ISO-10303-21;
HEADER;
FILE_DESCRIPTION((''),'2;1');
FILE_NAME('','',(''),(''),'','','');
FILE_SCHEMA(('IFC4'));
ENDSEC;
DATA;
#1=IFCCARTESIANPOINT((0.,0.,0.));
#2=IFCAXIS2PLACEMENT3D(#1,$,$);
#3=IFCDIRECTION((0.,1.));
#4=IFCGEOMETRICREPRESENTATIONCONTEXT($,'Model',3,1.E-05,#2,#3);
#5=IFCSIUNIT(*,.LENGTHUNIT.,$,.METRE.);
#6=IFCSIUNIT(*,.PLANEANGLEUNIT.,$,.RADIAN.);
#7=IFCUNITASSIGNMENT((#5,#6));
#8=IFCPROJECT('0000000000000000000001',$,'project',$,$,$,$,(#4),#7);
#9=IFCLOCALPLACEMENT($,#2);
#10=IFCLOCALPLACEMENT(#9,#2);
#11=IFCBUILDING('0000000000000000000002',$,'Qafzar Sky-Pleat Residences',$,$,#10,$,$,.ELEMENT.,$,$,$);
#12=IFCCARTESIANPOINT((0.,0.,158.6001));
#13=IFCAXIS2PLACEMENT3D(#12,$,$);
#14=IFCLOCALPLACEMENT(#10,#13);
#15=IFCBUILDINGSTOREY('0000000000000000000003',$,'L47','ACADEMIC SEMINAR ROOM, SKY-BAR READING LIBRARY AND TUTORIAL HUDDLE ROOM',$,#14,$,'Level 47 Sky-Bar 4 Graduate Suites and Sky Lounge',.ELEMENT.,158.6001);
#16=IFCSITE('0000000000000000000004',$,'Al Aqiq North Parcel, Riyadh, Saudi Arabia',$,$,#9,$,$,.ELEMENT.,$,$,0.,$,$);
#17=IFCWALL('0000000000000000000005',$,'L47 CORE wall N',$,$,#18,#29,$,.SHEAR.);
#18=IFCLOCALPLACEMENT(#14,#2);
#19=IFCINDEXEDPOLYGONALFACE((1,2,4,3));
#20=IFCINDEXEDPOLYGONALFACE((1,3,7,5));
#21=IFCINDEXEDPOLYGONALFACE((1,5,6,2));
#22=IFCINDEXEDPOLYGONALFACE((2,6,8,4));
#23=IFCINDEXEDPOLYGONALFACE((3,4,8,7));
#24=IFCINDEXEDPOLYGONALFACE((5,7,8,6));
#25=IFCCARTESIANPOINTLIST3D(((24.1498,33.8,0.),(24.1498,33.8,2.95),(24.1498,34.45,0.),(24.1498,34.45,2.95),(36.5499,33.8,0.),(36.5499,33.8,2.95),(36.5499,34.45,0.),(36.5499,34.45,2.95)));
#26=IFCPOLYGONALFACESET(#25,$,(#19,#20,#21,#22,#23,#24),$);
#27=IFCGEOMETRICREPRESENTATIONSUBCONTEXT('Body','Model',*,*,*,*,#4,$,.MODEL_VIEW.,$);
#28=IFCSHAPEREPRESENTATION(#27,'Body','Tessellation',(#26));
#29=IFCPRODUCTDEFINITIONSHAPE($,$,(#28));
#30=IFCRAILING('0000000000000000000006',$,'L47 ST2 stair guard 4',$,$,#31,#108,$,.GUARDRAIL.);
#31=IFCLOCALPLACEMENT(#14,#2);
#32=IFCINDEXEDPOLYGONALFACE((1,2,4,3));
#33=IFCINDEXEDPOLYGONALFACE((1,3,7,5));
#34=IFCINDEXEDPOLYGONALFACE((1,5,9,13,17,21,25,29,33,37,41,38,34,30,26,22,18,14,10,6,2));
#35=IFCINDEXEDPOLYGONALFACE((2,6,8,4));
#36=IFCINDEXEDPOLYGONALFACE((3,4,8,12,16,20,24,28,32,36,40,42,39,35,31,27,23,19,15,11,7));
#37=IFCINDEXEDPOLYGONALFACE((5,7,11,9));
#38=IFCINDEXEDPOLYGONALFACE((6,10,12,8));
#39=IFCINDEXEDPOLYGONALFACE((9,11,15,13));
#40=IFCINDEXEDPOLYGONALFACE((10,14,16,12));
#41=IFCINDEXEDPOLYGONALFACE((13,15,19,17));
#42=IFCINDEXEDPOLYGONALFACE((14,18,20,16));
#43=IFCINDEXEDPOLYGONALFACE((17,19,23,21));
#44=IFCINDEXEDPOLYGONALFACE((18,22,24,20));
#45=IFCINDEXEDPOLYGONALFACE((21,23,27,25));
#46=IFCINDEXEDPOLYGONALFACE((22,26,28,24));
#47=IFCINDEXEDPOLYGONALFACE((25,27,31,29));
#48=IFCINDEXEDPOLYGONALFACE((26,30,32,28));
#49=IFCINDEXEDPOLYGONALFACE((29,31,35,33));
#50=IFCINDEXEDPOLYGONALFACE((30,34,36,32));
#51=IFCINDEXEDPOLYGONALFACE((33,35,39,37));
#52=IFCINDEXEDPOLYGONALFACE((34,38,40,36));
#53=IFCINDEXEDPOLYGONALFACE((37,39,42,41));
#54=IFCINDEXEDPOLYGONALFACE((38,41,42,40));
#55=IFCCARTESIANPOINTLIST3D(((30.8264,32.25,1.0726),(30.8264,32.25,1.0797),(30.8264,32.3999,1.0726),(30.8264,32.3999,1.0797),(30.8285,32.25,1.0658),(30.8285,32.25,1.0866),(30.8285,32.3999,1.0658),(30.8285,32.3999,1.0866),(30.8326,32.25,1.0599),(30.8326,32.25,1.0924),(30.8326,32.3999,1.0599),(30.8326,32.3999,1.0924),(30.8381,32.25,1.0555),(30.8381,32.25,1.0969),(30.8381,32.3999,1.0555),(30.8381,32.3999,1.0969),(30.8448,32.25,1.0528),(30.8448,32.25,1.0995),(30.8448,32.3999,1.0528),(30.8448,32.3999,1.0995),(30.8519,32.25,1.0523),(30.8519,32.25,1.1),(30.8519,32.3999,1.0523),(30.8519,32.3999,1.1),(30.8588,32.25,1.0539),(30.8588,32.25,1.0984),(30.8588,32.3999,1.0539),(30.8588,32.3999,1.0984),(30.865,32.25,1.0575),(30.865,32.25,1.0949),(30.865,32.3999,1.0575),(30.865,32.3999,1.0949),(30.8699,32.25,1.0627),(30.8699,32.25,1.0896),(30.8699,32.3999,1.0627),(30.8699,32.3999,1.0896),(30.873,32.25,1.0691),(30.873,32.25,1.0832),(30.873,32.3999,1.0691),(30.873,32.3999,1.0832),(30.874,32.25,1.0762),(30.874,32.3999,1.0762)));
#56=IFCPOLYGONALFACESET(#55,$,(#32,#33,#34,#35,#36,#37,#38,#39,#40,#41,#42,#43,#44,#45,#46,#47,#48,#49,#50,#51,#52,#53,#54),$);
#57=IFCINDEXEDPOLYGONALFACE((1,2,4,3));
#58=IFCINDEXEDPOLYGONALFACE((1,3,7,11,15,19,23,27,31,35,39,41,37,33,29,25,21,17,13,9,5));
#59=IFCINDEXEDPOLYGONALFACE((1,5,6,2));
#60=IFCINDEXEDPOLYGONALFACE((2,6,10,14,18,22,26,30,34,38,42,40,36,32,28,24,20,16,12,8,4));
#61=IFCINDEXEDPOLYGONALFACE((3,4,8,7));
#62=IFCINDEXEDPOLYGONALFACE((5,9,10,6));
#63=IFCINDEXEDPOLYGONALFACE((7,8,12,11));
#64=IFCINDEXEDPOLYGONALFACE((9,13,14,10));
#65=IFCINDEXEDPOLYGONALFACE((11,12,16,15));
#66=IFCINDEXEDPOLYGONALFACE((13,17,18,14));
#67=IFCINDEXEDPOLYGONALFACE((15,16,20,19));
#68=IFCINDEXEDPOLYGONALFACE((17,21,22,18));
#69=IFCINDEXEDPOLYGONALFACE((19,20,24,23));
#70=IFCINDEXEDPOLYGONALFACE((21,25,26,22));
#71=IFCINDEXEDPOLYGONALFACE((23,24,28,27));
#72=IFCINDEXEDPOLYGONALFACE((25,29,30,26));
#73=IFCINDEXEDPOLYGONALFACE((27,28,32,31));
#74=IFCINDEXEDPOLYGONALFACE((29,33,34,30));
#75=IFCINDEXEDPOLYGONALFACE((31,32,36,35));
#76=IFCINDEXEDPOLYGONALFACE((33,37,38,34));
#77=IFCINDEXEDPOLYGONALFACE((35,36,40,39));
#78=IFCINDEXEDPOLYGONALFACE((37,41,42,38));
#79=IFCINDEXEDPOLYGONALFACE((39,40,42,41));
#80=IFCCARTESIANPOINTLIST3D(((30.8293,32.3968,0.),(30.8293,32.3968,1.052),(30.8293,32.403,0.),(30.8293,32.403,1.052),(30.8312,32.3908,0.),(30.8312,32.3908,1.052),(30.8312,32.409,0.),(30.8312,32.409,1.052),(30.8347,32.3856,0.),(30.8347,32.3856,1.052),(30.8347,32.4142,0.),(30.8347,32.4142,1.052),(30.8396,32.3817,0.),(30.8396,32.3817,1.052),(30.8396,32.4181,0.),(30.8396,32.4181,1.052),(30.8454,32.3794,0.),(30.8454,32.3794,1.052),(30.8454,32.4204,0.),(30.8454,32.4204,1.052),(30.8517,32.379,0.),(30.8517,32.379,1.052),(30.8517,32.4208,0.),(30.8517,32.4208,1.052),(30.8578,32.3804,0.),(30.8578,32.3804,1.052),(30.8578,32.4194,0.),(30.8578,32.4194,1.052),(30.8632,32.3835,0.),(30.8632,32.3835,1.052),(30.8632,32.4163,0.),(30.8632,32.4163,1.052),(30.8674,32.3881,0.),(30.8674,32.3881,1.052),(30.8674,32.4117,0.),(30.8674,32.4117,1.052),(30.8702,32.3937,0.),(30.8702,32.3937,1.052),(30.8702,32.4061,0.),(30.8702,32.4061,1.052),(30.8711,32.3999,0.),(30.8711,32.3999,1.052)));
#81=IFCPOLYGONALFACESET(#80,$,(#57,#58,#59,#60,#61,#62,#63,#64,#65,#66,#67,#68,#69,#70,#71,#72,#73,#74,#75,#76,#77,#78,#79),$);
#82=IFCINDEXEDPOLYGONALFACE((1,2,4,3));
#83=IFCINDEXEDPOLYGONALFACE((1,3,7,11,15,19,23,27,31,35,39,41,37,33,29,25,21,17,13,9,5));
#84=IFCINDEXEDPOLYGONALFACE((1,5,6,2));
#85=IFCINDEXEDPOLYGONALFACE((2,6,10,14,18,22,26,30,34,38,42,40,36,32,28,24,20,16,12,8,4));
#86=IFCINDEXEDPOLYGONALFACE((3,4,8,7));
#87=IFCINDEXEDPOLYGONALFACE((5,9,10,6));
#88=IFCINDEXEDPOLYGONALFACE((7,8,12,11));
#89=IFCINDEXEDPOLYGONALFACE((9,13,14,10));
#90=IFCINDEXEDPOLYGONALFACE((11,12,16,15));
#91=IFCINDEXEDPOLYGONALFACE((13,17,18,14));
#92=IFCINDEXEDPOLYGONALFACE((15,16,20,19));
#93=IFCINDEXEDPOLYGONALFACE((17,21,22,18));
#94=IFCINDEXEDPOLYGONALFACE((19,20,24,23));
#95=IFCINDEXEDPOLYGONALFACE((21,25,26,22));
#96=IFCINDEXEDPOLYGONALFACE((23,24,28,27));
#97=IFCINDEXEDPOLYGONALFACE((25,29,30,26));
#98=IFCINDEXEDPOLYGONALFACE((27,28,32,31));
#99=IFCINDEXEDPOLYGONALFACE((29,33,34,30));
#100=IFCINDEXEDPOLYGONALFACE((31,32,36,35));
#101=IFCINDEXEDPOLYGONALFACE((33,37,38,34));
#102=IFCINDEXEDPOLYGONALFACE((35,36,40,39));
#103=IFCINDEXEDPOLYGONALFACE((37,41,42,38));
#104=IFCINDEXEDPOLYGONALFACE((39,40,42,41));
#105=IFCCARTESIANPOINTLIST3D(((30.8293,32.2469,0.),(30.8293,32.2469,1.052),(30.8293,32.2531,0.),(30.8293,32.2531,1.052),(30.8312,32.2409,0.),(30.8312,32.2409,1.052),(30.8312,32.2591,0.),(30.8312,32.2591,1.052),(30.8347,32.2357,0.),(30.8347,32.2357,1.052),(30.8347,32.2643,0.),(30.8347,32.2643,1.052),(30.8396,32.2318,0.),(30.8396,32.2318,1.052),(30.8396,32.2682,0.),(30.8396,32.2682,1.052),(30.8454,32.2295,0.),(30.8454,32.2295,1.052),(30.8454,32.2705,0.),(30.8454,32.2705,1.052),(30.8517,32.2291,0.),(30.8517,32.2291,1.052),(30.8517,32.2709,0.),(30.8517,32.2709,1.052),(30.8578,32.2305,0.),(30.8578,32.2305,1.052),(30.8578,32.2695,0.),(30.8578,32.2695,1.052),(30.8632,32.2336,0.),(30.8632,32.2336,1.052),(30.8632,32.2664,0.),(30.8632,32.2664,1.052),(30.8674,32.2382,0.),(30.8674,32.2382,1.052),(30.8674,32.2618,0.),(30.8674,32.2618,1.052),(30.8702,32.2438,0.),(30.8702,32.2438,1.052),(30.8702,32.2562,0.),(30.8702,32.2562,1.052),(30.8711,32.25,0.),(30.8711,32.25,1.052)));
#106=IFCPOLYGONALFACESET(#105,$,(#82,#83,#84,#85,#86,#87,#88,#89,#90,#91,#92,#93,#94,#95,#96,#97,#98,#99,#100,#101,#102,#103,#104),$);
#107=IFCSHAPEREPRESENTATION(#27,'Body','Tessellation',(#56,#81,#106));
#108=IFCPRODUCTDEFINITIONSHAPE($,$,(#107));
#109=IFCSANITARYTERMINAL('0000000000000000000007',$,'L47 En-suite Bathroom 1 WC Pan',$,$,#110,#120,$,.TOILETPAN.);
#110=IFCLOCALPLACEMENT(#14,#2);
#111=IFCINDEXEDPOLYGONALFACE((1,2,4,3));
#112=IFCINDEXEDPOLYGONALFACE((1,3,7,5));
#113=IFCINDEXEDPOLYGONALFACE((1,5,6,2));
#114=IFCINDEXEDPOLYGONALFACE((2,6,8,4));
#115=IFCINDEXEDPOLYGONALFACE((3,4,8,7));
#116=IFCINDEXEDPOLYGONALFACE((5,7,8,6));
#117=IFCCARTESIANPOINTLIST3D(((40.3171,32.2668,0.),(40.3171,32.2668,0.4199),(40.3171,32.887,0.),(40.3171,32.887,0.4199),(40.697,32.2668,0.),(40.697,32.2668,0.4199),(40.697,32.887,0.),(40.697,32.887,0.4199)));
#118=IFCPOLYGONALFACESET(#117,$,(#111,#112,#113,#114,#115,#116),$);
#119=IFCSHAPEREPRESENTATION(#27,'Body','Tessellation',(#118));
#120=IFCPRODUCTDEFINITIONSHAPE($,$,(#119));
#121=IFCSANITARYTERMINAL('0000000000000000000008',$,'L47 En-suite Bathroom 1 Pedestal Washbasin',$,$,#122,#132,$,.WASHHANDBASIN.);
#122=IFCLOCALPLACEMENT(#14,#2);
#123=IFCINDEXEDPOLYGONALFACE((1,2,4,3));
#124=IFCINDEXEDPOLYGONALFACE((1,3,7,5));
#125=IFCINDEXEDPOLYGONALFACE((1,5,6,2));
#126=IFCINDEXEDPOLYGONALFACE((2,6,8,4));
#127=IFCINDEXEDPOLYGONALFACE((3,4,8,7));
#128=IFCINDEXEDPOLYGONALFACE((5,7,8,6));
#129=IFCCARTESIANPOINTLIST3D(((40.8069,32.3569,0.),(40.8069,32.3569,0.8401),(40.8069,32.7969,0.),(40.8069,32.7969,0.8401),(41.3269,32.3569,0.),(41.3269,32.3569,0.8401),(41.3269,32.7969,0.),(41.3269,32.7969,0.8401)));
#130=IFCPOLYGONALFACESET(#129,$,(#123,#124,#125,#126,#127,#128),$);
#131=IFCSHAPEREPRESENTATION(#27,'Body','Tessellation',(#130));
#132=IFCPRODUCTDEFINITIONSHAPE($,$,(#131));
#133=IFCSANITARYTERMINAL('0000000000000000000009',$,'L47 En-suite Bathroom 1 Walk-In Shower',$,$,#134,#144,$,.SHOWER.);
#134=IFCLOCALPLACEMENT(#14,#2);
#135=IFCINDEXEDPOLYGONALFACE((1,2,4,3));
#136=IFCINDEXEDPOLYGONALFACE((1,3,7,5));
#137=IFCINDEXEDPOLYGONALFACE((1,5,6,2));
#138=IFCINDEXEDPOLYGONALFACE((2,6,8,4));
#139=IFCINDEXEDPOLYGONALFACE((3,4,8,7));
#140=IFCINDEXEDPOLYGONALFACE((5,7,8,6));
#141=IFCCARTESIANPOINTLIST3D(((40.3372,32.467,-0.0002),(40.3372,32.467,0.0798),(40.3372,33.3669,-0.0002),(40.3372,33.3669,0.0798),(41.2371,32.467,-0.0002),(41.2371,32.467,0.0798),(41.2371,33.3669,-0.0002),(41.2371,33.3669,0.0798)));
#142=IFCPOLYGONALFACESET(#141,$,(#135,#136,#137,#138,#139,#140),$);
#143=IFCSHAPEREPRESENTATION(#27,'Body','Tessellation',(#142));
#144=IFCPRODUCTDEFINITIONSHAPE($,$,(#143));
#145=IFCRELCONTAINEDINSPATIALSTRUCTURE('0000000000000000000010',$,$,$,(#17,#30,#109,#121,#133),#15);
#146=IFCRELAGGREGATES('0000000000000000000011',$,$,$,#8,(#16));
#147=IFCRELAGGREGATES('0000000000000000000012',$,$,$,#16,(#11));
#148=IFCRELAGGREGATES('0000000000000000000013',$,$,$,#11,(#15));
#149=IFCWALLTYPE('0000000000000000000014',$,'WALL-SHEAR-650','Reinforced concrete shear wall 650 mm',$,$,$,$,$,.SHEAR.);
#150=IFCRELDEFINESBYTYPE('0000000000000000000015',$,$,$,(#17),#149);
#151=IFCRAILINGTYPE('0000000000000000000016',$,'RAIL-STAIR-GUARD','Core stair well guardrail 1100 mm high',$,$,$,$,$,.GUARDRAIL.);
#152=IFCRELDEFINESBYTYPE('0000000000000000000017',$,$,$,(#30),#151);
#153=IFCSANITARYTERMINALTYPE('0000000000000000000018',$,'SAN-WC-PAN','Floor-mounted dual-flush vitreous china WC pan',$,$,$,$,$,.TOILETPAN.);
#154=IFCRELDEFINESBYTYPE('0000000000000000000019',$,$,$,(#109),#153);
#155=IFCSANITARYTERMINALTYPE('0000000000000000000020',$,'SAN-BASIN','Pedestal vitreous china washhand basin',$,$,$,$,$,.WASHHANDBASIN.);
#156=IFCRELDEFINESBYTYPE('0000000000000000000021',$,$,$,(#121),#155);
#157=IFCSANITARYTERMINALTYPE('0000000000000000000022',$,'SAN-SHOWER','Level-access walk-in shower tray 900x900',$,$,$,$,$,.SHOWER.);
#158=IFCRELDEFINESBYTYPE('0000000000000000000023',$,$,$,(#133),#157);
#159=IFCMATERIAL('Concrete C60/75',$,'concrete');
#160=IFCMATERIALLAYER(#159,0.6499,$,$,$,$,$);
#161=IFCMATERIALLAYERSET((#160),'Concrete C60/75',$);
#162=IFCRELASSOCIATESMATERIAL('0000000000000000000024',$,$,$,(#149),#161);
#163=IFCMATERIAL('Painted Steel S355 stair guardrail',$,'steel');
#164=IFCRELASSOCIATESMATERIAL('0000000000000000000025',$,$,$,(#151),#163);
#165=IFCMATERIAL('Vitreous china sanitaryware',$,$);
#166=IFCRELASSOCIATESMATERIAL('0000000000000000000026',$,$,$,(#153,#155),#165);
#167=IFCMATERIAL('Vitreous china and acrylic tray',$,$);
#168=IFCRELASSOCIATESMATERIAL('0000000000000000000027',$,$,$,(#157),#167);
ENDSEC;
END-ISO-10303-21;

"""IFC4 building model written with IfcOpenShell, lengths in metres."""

from ifc_helpers import new_model, si_unit, direction, frame, frame_2d, origin, origin_2d, place, context, subcontext, project, spatial, rectangle, circle, extrude, source, transform, mapped, material, layer, layer_set, type_object, element, save


model = new_model("IFC4")

# Units and contexts
model_context = context("Model", 3, precision=1e-05, world=origin(), true_north=direction((0.0, 1.0)))
body_context = subcontext(model_context, "Body", "Model", "MODEL_VIEW")
ifc_project = project(units=[si_unit("LENGTHUNIT", "METRE"), si_unit("PLANEANGLEUNIT", "RADIAN")], contexts=[model_context])

# Site, building, storey
site_placement = place(None, origin())
site = spatial("IfcSite", under=ifc_project, at=site_placement, Name="Al Aqiq North Parcel, Riyadh, Saudi Arabia", CompositionType="ELEMENT", RefElevation=0.0)
building_placement = place(site_placement, origin())
building = spatial("IfcBuilding", under=site, at=building_placement, Name="Qafzar Sky-Pleat Residences", CompositionType="ELEMENT")
storey_placement = place(building_placement, frame((0.0, 0.0, 158.6001)))
storey = spatial("IfcBuildingStorey", under=building, at=storey_placement, Name="L47", Description="ACADEMIC SEMINAR ROOM, SKY-BAR READING LIBRARY AND TUTORIAL HUDDLE ROOM", LongName="Level 47 Sky-Bar 4 Graduate Suites and Sky Lounge", CompositionType="ELEMENT", Elevation=158.6001)

# Wall
ifc_material_1 = material(Name="Concrete C60/75", Category="concrete")
ifc_layer_1 = layer(ifc_material_1, 0.6499)
ifc_layer_set_1 = layer_set([ifc_layer_1], Name="Concrete C60/75")
wall_type_1 = type_object("IfcWallType", Name="WALL-SHEAR-650", Description="Reinforced concrete shear wall 650 mm", PredefinedType="SHEAR", material=ifc_layer_set_1)
wall_1_placement = place(storey_placement, frame((36.55, 34.125, 0.0), z_axis=(0.0, 0.0, 1.0), x_axis=(-1.0, 0.0, 0.0)))
element("IfcWall", 1, at=wall_1_placement, inside=storey, type_object=wall_type_1, Name="L47 CORE wall N", PredefinedType="SHEAR", context=body_context, shape_type="SweptSolid", body=[
    extrude(rectangle(XDim=12.4001, YDim=0.6499, at=frame_2d((6.2002, 0.0))), origin(), (0.0, 0.0, 1.0), 2.95),
])

# Railing
ifc_material_2 = material(Name="Painted Steel S355 stair guardrail", Category="steel")
railing_type = type_object("IfcRailingType", Name="RAIL-STAIR-GUARD", Description="Core stair well guardrail 1100 mm high", PredefinedType="GUARDRAIL", material=ifc_material_2)
shared_shape_1 = source(origin(), body_context, "Body", "SweptSolid", [
    extrude(circle(Radius=0.0239, at=origin_2d()), frame((0.0, 0.0, 1.0762), z_axis=(0.0, -1.0, 0.0), x_axis=(1.0, 0.0, 0.0)), (0.0, 0.0, 1.0), 0.1499),
    extrude(circle(Radius=0.021, at=origin_2d()), origin(), (0.0, 0.0, 1.0), 1.052),
    extrude(circle(Radius=0.021, at=origin_2d()), frame((0.0, -0.1499, 0.0)), (0.0, 0.0, 1.0), 1.052),
])
railing_placement = place(storey_placement, frame((30.8501, 32.3999, 0.0)))
element("IfcRailing", 2, at=railing_placement, inside=storey, type_object=railing_type, Name="L47 ST2 stair guard 4", PredefinedType="GUARDRAIL", context=body_context, shape_type="MappedRepresentation", body=[
    mapped(shared_shape_1, transform((0.0, 0.0, 0.0), x_axis=(1.0, 0.0, 0.0), y_axis=(0.0, 1.0, 0.0), z_axis=(0.0, 0.0, 1.0), scale=1.0)),
])

# Sanitary terminals
ifc_material_3 = material(Name="Vitreous china sanitaryware")
sanitary_terminal_type_1 = type_object("IfcSanitaryTerminalType", Name="SAN-WC-PAN", Description="Floor-mounted dual-flush vitreous china WC pan", PredefinedType="TOILETPAN", material=ifc_material_3)
shared_shape_2 = source(origin(), body_context, "Body", "SweptSolid", [
    extrude(rectangle(XDim=0.3799, YDim=0.6201, at=origin_2d()), origin(), (0.0, 0.0, 1.0), 0.4199),
])
sanitary_terminal_1_placement = place(storey_placement, frame((40.5071, 32.5769, 0.0), z_axis=(0.0, 0.0, 1.0), x_axis=(1.0, 0.0, 0.0)))
element("IfcSanitaryTerminal", 3, at=sanitary_terminal_1_placement, inside=storey, type_object=sanitary_terminal_type_1, Name="L47 En-suite Bathroom 1 WC Pan", PredefinedType="TOILETPAN", context=body_context, shape_type="MappedRepresentation", body=[
    mapped(shared_shape_2, transform((0.0, 0.0, 0.0), x_axis=(1.0, 0.0, 0.0), y_axis=(0.0, 1.0, 0.0), z_axis=(0.0, 0.0, 1.0), scale=1.0)),
])
sanitary_terminal_type_2 = type_object("IfcSanitaryTerminalType", Name="SAN-BASIN", Description="Pedestal vitreous china washhand basin", PredefinedType="WASHHANDBASIN", material=ifc_material_3)
shared_shape_3 = source(origin(), body_context, "Body", "SweptSolid", [
    extrude(rectangle(XDim=0.52, YDim=0.4399, at=origin_2d()), origin(), (0.0, 0.0, 1.0), 0.8401),
])
sanitary_terminal_2_placement = place(storey_placement, frame((41.0669, 32.5769, 0.0), z_axis=(0.0, 0.0, 1.0), x_axis=(1.0, 0.0, 0.0)))
element("IfcSanitaryTerminal", 4, at=sanitary_terminal_2_placement, inside=storey, type_object=sanitary_terminal_type_2, Name="L47 En-suite Bathroom 1 Pedestal Washbasin", PredefinedType="WASHHANDBASIN", context=body_context, shape_type="MappedRepresentation", body=[
    mapped(shared_shape_3, transform((0.0, 0.0, 0.0), x_axis=(1.0, 0.0, 0.0), y_axis=(0.0, 1.0, 0.0), z_axis=(0.0, 0.0, 1.0), scale=1.0)),
])
ifc_material_4 = material(Name="Vitreous china and acrylic tray")
sanitary_terminal_type_3 = type_object("IfcSanitaryTerminalType", Name="SAN-SHOWER", Description="Level-access walk-in shower tray 900x900", PredefinedType="SHOWER", material=ifc_material_4)
shared_shape_4 = source(origin(), body_context, "Body", "SweptSolid", [
    extrude(rectangle(XDim=0.8999, YDim=0.8999, at=origin_2d()), origin(), (0.0, 0.0, 1.0), 0.0801),
])
sanitary_terminal_3_placement = place(storey_placement, frame((40.7871, 32.917, -0.0002), z_axis=(0.0, 0.0, 1.0), x_axis=(1.0, 0.0, 0.0)))
element("IfcSanitaryTerminal", 5, at=sanitary_terminal_3_placement, inside=storey, type_object=sanitary_terminal_type_3, Name="L47 En-suite Bathroom 1 Walk-In Shower", PredefinedType="SHOWER", context=body_context, shape_type="MappedRepresentation", body=[
    mapped(shared_shape_4, transform((0.0, 0.0, 0.0), x_axis=(1.0, 0.0, 0.0), y_axis=(0.0, 1.0, 0.0), z_axis=(0.0, 0.0, 1.0), scale=1.0)),
])

save(model, "model.ifc")
